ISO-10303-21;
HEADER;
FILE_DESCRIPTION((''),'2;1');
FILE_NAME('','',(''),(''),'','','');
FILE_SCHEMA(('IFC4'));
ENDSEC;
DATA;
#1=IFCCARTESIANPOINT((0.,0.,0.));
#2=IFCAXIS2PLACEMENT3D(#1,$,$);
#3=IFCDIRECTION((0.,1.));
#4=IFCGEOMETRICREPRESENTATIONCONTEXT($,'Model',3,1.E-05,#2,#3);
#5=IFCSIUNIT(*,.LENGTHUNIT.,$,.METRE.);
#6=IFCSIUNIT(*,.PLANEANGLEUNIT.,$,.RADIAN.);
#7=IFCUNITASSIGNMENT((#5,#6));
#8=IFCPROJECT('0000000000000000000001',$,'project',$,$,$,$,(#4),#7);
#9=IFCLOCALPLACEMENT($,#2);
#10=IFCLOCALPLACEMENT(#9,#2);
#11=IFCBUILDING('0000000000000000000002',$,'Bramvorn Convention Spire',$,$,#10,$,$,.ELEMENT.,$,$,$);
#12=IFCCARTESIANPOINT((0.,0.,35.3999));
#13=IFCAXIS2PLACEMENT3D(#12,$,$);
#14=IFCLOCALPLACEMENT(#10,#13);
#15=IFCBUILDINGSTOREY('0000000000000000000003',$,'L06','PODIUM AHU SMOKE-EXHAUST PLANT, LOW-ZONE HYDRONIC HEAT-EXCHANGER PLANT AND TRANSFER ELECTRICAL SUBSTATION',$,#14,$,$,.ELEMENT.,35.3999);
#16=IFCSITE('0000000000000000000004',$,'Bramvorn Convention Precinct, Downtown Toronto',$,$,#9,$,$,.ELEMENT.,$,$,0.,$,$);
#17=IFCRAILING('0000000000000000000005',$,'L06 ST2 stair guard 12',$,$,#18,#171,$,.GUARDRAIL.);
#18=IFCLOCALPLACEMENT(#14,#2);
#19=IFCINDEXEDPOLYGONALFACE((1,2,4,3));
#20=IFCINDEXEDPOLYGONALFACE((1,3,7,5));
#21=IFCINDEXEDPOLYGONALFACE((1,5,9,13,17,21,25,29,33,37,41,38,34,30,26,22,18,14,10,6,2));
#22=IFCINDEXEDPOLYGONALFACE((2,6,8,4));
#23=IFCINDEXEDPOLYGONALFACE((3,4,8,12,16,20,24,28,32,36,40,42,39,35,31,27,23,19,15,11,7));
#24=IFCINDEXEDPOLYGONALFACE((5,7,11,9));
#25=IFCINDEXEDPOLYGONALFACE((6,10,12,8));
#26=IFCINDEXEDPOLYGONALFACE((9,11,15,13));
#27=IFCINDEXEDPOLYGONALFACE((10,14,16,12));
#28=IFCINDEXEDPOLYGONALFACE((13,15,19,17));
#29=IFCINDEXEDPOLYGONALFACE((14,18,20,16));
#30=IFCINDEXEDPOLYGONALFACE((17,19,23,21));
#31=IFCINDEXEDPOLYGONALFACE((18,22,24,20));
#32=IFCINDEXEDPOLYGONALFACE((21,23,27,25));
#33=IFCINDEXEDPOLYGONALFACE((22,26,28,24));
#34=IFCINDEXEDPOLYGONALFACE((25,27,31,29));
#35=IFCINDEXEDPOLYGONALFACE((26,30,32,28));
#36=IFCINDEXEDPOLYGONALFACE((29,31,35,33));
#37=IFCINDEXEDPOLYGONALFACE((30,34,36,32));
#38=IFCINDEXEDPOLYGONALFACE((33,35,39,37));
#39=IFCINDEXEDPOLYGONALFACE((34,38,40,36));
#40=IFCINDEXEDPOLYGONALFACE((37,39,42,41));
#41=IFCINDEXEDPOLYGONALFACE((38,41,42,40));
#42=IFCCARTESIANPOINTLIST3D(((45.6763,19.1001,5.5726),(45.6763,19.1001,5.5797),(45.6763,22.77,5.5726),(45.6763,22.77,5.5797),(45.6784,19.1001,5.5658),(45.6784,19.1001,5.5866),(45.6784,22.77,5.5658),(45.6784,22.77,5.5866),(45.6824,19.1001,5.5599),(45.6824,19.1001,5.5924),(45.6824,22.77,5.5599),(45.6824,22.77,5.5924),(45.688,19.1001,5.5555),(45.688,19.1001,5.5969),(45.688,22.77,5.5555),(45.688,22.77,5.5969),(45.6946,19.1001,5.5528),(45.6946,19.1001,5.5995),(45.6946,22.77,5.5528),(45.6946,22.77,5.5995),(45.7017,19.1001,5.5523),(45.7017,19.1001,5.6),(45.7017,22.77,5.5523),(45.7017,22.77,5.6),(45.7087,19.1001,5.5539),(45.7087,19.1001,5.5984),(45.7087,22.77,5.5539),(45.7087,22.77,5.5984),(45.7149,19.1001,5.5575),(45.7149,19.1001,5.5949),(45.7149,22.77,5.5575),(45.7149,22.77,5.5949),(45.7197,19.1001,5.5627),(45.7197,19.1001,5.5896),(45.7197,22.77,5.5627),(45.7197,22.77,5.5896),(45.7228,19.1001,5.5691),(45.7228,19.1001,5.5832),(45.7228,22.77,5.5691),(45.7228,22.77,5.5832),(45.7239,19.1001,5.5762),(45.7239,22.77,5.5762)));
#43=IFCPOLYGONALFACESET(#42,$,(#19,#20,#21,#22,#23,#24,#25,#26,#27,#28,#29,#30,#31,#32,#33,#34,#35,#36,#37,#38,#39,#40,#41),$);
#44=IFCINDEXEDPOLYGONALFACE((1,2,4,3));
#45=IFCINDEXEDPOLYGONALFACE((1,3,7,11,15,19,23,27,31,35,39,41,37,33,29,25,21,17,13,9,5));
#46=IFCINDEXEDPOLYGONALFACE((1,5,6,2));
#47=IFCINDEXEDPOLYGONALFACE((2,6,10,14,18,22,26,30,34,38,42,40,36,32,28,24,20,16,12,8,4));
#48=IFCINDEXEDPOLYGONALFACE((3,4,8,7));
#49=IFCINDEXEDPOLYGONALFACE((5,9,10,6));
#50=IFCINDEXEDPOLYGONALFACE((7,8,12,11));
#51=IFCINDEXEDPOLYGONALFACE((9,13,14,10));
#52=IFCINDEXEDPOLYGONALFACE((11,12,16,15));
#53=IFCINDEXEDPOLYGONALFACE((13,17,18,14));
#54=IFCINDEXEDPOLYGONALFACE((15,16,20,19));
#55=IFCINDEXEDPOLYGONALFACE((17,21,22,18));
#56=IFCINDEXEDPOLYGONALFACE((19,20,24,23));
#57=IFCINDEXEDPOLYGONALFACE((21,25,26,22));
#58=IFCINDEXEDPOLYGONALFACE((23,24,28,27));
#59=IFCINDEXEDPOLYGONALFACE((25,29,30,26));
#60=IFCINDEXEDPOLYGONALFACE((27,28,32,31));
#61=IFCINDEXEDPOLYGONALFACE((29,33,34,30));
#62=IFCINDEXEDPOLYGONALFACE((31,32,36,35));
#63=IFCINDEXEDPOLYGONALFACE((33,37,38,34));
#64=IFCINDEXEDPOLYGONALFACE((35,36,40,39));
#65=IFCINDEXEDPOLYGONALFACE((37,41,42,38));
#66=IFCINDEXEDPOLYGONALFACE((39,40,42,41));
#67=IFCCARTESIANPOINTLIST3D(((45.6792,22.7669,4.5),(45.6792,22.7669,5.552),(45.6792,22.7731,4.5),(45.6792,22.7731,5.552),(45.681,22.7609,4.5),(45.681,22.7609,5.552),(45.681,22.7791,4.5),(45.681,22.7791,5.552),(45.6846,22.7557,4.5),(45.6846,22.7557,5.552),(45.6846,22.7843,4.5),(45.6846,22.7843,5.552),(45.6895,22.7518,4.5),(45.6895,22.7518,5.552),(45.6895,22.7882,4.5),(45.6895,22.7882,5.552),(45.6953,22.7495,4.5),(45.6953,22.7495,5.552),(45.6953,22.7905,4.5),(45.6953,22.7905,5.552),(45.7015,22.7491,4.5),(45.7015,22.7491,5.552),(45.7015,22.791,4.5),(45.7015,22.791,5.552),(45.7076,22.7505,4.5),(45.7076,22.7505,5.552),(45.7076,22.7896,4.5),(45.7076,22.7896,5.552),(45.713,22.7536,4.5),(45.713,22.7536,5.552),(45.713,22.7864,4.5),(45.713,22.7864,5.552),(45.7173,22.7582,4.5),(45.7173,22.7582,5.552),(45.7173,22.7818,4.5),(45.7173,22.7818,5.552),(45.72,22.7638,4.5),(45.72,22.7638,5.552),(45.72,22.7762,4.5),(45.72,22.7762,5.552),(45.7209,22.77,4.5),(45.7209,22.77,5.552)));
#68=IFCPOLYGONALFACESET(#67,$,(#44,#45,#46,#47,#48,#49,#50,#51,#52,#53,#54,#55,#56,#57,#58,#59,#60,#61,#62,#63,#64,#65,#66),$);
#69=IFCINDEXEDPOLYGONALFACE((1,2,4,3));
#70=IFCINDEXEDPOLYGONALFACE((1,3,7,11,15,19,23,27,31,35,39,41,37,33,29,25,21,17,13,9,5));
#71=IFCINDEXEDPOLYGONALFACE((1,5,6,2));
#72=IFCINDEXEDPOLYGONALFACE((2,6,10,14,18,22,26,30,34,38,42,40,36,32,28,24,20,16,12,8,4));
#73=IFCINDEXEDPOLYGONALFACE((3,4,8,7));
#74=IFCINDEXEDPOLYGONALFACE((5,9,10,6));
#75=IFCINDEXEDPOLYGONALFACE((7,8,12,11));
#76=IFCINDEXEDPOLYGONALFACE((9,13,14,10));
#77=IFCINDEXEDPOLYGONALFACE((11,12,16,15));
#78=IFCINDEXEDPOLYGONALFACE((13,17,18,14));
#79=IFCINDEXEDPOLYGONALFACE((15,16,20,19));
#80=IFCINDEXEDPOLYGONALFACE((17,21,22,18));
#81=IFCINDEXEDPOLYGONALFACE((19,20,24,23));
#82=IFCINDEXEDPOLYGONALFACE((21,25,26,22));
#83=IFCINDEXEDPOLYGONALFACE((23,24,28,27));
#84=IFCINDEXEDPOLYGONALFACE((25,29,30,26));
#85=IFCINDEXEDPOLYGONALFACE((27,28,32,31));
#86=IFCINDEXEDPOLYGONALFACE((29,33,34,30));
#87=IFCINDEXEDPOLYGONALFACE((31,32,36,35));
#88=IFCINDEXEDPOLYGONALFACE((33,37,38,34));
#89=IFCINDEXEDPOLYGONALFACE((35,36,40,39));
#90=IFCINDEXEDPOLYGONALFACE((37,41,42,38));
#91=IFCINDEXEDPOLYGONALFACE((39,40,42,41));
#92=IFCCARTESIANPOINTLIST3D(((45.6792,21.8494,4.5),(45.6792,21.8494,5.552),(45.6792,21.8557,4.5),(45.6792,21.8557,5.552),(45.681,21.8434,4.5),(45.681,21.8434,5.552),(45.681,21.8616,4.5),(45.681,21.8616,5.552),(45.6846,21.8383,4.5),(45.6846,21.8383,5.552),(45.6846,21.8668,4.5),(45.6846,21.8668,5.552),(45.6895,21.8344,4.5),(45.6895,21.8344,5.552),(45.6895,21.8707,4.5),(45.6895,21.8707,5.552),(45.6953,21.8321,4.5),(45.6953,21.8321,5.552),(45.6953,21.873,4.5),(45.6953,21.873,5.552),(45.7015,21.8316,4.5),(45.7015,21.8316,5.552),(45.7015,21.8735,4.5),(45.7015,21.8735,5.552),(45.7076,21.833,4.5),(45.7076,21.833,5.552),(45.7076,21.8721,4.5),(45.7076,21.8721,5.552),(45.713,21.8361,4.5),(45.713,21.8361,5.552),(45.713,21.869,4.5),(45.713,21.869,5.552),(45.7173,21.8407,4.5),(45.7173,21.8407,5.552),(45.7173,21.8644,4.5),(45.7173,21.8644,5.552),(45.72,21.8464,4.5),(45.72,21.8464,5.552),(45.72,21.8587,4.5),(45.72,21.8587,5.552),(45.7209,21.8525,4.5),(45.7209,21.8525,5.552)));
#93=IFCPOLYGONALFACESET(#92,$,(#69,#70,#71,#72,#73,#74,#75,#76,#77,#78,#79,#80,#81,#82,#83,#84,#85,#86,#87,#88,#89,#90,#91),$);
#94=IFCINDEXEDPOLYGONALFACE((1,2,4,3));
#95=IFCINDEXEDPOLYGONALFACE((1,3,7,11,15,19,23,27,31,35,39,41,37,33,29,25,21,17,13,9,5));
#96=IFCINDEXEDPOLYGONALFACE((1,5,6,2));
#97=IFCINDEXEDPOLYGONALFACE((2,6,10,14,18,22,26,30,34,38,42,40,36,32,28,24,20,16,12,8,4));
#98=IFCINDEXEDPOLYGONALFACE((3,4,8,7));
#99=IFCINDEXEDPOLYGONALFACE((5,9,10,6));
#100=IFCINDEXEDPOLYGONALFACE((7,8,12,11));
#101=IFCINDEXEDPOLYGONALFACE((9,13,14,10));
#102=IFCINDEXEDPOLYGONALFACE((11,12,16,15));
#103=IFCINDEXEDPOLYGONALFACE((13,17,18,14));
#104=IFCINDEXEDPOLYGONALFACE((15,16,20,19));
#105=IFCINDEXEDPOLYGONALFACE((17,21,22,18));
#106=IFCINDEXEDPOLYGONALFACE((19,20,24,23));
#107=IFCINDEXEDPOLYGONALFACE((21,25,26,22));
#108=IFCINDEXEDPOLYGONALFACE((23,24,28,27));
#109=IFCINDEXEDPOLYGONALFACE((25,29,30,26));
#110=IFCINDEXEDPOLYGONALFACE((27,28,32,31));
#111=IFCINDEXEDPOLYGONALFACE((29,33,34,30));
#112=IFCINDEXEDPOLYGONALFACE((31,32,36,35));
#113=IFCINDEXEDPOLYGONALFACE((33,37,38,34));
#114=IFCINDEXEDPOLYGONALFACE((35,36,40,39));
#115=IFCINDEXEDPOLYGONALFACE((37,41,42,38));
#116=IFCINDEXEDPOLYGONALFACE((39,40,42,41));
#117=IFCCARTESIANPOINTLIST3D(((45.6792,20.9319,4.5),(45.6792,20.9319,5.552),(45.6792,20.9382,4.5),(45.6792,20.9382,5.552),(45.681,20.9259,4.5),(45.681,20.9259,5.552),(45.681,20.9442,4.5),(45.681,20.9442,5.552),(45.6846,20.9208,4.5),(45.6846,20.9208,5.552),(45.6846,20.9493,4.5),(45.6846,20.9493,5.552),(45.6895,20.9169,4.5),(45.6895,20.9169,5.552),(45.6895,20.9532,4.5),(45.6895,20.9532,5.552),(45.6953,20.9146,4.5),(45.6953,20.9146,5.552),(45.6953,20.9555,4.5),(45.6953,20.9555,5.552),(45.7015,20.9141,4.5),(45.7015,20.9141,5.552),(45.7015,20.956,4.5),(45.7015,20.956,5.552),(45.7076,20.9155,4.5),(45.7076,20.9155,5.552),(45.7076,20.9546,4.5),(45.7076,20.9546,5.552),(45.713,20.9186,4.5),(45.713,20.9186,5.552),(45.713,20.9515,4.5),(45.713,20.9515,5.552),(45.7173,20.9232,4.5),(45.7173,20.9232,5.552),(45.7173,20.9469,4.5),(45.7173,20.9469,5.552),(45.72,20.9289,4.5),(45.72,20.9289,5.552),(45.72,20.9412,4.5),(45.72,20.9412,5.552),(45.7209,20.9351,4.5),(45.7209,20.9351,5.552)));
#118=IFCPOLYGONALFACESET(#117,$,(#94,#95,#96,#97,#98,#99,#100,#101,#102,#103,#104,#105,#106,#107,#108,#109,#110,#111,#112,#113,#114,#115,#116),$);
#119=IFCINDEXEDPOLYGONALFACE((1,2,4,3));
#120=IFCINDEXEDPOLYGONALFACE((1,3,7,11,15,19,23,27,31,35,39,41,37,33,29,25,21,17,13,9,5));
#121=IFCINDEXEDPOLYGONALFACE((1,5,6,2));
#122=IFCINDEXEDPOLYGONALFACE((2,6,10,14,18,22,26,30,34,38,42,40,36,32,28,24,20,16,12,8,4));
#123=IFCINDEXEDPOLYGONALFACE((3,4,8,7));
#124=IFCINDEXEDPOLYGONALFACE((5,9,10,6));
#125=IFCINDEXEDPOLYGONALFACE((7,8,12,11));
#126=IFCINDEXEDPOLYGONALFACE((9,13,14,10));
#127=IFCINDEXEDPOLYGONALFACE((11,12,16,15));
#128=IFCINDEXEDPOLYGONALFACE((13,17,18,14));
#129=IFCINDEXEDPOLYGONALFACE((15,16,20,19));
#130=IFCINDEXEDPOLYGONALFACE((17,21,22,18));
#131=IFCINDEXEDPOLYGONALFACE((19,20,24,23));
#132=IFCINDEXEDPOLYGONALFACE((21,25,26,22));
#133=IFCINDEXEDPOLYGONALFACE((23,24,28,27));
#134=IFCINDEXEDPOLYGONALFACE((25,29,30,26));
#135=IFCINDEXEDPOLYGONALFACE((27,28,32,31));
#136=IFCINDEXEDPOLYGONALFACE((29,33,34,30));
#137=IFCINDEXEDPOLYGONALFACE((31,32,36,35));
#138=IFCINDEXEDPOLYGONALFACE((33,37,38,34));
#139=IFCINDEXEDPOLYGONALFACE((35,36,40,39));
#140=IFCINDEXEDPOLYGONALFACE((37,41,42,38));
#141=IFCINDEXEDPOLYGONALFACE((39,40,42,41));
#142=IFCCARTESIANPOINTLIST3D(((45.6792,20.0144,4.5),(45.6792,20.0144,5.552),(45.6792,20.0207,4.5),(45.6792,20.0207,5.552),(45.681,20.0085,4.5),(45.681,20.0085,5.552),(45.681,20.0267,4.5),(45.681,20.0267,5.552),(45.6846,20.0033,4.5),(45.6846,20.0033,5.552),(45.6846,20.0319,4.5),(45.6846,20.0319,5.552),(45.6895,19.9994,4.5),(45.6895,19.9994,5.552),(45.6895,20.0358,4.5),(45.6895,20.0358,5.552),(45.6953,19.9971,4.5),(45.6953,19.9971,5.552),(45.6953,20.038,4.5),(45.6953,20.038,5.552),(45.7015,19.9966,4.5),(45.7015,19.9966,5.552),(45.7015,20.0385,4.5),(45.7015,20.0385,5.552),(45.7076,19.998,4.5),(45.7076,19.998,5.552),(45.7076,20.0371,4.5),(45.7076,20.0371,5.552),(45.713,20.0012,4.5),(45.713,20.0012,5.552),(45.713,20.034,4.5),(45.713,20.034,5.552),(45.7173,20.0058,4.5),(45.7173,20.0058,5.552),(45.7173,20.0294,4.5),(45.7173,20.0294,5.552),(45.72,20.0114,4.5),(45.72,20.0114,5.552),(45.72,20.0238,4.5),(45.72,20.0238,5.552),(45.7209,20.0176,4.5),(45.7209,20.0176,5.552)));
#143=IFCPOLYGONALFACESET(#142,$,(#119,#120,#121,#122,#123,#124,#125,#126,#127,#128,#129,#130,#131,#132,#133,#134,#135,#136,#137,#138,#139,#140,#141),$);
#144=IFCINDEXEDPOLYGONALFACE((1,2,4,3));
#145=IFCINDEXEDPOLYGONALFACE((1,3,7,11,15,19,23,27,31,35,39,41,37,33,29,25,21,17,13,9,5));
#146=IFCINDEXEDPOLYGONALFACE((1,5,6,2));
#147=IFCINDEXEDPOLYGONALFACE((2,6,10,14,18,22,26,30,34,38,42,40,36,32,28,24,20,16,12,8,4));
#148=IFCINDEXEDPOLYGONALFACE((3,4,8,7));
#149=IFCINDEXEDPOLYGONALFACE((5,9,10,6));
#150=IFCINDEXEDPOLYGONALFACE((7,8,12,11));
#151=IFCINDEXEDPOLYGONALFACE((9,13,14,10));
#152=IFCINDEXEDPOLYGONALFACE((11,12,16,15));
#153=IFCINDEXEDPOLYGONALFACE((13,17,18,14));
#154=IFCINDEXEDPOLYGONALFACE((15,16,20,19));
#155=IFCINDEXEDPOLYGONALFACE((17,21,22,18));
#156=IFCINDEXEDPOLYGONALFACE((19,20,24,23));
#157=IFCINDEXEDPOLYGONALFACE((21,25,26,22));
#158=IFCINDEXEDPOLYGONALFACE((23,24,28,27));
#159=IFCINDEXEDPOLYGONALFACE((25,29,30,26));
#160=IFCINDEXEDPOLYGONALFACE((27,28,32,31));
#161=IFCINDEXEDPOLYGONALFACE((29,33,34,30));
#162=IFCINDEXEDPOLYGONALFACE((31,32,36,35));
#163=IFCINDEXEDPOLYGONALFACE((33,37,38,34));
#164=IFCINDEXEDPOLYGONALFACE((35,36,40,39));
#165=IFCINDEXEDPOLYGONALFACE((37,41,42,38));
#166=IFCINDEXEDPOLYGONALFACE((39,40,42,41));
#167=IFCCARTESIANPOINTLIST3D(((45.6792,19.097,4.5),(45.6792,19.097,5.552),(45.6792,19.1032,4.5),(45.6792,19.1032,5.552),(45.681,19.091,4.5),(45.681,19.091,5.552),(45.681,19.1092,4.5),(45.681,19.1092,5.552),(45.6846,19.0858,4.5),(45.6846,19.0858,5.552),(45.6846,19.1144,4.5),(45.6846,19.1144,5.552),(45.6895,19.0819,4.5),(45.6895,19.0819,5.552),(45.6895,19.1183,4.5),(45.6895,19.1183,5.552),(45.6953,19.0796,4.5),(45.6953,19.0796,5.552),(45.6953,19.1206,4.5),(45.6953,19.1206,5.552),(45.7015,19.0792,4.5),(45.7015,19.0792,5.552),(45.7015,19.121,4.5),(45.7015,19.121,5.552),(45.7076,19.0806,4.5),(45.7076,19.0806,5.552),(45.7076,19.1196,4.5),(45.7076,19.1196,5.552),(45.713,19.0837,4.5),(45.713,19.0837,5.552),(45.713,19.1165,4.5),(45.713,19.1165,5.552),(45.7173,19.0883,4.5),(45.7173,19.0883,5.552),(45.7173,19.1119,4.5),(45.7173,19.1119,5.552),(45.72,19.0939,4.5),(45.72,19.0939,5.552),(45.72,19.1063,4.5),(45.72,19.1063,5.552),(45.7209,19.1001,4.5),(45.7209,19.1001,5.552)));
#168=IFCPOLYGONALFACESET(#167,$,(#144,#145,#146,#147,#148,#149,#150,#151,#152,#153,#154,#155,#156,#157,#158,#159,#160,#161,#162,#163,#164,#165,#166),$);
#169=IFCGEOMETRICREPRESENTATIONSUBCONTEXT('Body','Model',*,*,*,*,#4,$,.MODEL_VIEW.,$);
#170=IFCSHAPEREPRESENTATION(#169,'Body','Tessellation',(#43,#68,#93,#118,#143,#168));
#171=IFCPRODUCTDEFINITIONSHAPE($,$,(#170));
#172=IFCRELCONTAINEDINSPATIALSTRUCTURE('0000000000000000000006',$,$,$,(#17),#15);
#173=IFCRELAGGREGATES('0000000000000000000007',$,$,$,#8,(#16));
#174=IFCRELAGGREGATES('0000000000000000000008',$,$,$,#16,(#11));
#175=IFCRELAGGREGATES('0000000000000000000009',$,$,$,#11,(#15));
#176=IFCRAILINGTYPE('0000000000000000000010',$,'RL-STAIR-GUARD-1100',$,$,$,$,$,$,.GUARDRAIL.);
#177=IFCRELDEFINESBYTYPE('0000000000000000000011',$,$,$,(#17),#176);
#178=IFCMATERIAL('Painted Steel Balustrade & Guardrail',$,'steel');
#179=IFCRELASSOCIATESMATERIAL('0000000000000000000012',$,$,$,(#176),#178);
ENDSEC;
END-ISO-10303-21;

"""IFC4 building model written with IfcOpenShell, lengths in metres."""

from ifc_helpers import new_model, si_unit, direction, frame, origin, origin_2d, place, context, subcontext, project, spatial, circle, extrude, material, type_object, element, save


model = new_model("IFC4")

# Units and contexts
model_context = context("Model", 3, precision=1e-05, world=origin(), true_north=direction((0.0, 1.0)))
body_context = subcontext(model_context, "Body", "Model", "MODEL_VIEW")
ifc_project = project(units=[si_unit("LENGTHUNIT", "METRE"), si_unit("PLANEANGLEUNIT", "RADIAN")], contexts=[model_context])

# Site, building, storey
site_placement = place(None, origin())
site = spatial("IfcSite", under=ifc_project, at=site_placement, Name="Bramvorn Convention Precinct, Downtown Toronto", CompositionType="ELEMENT", RefElevation=0.0)
building_placement = place(site_placement, origin())
building = spatial("IfcBuilding", under=site, at=building_placement, Name="Bramvorn Convention Spire", CompositionType="ELEMENT")
storey_placement = place(building_placement, frame((0.0, 0.0, 35.3999)))
storey = spatial("IfcBuildingStorey", under=building, at=storey_placement, Name="L06", Description="PODIUM AHU SMOKE-EXHAUST PLANT, LOW-ZONE HYDRONIC HEAT-EXCHANGER PLANT AND TRANSFER ELECTRICAL SUBSTATION", CompositionType="ELEMENT", Elevation=35.3999)

# Railing
ifc_material_1 = material(Name="Painted Steel Balustrade & Guardrail", Category="steel")
railing_type_1 = type_object("IfcRailingType", Name="RL-STAIR-GUARD-1100", PredefinedType="GUARDRAIL", material=ifc_material_1)
railing_1_placement = place(storey_placement, frame((45.7, 22.77, 4.5)))
element("IfcRailing", 1, at=railing_1_placement, inside=storey, type_object=railing_type_1, Name="L06 ST2 stair guard 12", PredefinedType="GUARDRAIL", context=body_context, shape_type="SweptSolid", body=[
    extrude(circle(Radius=0.0239, at=origin_2d()), frame((0.0, 0.0, 1.0762), z_axis=(0.0, -1.0, 0.0), x_axis=(1.0, 0.0, 0.0)), (0.0, 0.0, 1.0), 3.6699),
    extrude(circle(Radius=0.021, at=origin_2d()), origin(), (0.0, 0.0, 1.0), 1.052),
    extrude(circle(Radius=0.021, at=origin_2d()), frame((0.0, -0.9175, 0.0)), (0.0, 0.0, 1.0), 1.052),
    extrude(circle(Radius=0.021, at=origin_2d()), frame((0.0, -1.835, 0.0)), (0.0, 0.0, 1.0), 1.052),
    extrude(circle(Radius=0.021, at=origin_2d()), frame((0.0, -2.7524, 0.0)), (0.0, 0.0, 1.0), 1.052),
    extrude(circle(Radius=0.021, at=origin_2d()), frame((0.0, -3.6699, 0.0)), (0.0, 0.0, 1.0), 1.052),
])

save(model, "model.ifc")
